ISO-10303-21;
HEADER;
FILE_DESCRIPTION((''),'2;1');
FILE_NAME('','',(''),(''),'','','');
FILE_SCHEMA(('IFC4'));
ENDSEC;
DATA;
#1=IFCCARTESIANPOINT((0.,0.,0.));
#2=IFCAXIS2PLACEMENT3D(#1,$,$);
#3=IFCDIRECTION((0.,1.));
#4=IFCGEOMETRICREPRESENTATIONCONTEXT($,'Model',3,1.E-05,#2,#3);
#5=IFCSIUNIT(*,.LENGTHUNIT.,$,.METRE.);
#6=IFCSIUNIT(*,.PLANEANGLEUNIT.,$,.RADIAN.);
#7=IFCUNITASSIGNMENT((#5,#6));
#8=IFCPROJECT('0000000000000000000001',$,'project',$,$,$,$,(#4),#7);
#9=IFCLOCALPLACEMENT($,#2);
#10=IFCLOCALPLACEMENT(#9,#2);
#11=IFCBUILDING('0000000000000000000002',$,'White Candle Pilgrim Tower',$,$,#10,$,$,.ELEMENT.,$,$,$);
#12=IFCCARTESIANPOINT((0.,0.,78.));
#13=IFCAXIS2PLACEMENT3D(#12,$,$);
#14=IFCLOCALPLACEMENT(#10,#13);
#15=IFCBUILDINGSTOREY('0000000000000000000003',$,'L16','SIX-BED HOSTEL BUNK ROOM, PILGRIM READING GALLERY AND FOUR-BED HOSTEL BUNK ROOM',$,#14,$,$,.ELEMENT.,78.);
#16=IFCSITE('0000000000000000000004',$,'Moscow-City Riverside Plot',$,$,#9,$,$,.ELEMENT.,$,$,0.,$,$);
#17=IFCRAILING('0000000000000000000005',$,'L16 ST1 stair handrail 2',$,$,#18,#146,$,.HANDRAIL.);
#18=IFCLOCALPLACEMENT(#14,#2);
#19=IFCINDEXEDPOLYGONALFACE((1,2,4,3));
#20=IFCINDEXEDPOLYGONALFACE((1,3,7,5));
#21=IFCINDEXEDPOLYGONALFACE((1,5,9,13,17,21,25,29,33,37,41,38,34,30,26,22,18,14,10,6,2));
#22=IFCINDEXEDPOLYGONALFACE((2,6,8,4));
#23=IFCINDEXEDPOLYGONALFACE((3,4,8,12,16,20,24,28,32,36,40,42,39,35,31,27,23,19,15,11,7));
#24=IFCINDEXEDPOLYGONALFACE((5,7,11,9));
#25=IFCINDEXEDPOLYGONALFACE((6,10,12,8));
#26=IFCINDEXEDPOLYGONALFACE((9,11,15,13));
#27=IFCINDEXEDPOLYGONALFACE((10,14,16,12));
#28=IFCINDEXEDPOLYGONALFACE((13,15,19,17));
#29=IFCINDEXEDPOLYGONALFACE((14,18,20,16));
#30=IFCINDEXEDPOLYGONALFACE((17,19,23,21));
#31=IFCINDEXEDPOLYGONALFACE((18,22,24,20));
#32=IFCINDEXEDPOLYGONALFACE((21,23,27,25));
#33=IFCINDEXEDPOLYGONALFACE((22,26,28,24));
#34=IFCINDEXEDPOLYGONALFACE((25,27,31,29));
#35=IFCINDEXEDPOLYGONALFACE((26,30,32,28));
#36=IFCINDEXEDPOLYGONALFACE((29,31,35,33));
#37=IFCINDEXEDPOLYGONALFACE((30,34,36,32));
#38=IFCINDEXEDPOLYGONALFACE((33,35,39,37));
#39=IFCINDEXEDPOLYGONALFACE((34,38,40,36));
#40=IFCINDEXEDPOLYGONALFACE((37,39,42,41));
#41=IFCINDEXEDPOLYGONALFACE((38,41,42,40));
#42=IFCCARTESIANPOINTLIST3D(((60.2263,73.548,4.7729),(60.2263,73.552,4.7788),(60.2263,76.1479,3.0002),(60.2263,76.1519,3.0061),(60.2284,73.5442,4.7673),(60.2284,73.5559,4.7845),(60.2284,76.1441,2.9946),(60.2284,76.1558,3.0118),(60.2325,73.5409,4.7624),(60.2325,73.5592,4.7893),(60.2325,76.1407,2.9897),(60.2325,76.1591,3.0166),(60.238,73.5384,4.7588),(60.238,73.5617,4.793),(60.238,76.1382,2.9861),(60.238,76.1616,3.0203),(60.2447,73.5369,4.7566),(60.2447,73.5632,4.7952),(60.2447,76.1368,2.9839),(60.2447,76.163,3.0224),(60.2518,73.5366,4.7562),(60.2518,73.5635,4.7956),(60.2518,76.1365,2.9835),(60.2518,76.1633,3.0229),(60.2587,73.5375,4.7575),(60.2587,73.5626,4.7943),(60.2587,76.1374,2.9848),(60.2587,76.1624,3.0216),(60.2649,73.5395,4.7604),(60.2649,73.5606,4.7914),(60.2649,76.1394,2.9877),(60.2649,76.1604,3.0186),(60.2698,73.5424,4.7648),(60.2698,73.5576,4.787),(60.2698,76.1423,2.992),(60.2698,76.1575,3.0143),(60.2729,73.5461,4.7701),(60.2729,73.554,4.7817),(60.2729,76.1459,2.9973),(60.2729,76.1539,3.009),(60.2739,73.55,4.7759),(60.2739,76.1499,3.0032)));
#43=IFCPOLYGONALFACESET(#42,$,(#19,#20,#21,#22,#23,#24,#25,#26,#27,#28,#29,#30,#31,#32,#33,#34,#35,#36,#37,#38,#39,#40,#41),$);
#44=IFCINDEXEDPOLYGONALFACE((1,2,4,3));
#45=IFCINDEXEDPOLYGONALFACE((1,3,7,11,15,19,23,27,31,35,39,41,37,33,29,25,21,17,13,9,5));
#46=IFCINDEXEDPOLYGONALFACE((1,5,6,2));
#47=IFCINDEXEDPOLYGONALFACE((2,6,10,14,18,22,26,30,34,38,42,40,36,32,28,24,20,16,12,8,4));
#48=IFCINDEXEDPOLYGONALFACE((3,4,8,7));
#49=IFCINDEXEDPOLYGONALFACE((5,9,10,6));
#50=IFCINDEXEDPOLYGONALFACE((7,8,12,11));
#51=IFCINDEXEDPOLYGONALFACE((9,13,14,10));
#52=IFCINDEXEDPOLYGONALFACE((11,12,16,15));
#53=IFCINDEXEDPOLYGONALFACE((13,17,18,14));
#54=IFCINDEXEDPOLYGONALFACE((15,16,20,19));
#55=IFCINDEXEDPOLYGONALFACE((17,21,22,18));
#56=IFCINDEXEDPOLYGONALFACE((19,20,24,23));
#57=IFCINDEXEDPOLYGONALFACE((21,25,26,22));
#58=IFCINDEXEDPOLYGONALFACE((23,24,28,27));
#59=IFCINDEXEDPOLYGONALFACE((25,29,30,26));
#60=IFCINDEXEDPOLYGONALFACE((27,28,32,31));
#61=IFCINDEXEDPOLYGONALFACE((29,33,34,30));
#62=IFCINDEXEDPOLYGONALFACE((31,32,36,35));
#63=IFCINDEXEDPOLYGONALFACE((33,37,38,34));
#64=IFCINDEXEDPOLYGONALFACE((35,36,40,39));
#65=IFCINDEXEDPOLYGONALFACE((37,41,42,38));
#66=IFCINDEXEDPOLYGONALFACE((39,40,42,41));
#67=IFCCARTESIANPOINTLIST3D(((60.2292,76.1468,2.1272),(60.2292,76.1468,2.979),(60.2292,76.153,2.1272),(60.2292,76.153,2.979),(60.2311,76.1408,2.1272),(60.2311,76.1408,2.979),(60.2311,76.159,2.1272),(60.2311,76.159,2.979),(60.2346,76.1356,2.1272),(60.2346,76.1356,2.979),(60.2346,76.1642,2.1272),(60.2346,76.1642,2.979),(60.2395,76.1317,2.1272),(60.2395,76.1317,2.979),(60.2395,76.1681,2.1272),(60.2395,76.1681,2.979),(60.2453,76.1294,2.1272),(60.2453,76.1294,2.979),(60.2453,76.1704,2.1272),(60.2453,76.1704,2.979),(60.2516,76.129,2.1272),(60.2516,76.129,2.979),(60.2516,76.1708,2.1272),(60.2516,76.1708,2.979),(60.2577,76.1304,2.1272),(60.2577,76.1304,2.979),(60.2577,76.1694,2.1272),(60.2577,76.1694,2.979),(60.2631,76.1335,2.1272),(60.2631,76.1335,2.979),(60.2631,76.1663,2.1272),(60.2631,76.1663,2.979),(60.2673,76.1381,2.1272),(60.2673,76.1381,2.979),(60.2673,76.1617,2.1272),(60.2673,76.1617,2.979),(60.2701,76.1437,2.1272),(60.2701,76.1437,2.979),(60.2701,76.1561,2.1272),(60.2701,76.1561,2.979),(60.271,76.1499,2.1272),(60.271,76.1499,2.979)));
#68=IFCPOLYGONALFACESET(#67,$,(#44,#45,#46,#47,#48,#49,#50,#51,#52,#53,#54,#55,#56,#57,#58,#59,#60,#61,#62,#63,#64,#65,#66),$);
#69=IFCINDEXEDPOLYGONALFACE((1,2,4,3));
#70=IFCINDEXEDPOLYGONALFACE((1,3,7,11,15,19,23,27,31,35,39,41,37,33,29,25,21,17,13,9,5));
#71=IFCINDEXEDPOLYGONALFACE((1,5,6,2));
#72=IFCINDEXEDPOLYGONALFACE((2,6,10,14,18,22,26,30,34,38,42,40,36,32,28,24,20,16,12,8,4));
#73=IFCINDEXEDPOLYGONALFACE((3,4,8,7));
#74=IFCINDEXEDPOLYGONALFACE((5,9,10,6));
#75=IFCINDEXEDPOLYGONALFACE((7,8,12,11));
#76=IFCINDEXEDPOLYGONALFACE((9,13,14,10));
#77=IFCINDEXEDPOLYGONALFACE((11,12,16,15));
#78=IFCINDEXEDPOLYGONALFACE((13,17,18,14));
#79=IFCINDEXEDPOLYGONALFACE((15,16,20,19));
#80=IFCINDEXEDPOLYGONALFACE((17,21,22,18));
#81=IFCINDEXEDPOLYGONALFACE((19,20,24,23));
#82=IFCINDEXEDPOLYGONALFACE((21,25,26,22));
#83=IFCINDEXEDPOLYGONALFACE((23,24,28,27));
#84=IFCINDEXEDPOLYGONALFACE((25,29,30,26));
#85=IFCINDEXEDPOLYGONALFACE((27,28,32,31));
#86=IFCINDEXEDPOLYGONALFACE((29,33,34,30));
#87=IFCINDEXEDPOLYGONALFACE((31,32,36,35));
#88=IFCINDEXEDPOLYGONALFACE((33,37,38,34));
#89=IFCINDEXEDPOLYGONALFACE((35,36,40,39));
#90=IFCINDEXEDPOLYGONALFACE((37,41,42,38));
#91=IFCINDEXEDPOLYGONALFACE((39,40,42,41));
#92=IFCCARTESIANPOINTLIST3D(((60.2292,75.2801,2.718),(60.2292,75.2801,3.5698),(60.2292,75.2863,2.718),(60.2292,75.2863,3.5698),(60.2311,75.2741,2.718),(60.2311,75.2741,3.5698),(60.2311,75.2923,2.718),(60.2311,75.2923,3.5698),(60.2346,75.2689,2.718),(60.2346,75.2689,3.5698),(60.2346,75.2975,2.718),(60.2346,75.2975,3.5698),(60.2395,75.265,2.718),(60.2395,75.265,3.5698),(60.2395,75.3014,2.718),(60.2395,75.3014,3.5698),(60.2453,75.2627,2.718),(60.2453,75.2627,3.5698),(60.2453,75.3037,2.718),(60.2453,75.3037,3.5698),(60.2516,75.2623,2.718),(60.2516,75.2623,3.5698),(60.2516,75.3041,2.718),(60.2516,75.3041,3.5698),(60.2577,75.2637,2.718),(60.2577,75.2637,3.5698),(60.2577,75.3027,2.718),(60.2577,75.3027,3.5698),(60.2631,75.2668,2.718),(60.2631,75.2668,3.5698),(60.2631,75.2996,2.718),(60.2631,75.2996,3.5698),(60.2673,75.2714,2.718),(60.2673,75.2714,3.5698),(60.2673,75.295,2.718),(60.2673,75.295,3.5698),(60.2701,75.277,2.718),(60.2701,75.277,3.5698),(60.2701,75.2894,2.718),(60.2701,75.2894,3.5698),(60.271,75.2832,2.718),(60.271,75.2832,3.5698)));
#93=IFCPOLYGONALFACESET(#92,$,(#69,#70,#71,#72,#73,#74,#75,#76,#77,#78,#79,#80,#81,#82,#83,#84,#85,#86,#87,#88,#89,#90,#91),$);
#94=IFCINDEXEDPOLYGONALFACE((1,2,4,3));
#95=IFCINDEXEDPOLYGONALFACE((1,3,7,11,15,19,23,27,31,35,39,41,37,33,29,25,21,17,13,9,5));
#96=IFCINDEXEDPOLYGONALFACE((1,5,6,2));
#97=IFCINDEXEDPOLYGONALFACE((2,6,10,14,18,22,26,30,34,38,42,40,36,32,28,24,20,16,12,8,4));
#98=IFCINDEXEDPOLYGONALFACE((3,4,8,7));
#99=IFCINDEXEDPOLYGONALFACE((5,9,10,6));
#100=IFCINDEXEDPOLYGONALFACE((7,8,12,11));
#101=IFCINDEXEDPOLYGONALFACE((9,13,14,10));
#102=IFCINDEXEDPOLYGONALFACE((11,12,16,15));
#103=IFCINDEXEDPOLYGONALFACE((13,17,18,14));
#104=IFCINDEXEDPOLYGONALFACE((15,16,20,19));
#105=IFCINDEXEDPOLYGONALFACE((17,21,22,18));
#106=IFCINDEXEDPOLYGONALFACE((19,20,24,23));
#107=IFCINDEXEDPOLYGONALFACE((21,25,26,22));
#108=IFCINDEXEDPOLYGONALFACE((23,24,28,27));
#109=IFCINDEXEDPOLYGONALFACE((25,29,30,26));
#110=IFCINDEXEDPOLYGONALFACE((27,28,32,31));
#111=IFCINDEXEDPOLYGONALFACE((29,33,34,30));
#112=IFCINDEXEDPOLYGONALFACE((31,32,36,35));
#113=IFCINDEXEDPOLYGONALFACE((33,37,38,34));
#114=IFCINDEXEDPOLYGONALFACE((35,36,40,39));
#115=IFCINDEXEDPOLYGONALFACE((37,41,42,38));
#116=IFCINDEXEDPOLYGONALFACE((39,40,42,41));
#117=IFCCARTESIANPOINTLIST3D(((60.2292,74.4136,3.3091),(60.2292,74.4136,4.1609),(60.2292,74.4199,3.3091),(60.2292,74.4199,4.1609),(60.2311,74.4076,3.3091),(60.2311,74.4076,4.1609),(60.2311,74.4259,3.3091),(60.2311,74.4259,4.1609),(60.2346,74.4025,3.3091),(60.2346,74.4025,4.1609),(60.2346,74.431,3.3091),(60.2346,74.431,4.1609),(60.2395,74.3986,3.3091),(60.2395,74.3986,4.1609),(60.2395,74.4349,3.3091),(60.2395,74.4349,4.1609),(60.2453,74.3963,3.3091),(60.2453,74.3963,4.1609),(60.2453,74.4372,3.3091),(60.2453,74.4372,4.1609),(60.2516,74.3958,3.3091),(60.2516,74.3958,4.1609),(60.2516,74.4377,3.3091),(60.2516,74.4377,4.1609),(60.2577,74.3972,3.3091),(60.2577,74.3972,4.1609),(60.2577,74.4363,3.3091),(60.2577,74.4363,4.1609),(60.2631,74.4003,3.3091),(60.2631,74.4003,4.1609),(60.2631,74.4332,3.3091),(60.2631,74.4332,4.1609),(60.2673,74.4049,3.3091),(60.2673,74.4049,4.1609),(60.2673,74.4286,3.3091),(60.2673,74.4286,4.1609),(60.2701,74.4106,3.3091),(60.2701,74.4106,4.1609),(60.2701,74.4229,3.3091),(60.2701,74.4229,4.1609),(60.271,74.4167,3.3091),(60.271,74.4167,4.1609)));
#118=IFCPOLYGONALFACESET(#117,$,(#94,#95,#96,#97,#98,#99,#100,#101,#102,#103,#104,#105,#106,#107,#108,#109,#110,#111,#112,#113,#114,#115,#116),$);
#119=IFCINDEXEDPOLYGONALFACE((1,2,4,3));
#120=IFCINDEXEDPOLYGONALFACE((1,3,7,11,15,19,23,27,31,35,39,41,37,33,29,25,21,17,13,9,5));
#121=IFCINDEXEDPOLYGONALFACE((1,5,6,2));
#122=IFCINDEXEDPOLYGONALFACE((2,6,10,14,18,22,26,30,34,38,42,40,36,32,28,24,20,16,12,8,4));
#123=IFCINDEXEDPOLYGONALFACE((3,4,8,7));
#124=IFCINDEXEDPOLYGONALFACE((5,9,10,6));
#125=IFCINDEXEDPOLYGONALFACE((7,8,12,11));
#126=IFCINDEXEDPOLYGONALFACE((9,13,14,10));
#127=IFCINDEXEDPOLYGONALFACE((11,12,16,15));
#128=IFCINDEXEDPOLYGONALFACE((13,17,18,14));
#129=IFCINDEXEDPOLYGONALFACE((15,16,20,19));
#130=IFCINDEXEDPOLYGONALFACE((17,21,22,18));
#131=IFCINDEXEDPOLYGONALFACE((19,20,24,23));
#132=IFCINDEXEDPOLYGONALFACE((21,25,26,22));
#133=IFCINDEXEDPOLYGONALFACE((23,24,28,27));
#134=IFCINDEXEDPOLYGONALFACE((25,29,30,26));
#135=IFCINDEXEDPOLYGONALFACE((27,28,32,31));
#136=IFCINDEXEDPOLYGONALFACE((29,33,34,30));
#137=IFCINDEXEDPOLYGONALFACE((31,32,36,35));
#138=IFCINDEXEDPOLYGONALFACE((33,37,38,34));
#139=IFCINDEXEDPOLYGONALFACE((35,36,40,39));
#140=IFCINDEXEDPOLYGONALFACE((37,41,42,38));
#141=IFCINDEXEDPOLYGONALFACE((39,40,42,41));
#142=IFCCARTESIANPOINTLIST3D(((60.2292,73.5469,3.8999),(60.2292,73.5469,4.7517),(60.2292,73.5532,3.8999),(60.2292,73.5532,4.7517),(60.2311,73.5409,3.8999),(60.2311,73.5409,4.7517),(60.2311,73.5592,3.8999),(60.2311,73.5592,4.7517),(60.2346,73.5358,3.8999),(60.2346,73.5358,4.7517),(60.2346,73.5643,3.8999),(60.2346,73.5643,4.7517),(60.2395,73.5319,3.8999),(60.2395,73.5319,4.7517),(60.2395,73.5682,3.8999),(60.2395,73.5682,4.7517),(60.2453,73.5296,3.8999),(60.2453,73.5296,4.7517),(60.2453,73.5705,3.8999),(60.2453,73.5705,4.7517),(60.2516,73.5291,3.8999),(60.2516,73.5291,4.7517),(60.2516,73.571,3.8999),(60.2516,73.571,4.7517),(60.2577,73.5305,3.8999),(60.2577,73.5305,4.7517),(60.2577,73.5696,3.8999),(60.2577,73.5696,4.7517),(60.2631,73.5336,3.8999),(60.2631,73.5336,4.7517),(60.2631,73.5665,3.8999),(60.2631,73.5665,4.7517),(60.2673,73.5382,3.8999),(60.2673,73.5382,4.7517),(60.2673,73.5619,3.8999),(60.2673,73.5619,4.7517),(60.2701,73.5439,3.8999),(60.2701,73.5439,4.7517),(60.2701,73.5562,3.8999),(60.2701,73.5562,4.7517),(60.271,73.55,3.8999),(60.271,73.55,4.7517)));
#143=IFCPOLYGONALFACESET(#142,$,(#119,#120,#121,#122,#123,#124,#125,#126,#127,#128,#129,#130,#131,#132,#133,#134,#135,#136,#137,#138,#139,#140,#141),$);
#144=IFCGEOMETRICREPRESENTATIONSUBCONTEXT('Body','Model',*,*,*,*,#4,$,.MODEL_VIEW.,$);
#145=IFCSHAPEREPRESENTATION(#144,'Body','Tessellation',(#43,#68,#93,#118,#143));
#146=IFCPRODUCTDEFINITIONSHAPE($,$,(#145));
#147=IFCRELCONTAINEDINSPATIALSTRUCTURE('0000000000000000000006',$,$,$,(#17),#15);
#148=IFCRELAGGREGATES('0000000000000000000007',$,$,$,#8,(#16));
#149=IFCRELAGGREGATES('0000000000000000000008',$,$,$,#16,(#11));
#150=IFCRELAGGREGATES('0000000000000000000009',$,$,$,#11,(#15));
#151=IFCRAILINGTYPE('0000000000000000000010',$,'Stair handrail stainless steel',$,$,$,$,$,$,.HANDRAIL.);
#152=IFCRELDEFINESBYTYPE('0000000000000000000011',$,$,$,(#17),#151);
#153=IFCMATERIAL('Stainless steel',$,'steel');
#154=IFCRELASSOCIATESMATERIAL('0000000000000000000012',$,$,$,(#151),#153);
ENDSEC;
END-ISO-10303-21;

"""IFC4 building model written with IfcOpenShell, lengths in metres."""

from ifc_helpers import new_model, si_unit, direction, frame, origin, origin_2d, place, context, subcontext, project, spatial, circle, extrude, material, type_object, element, save


model = new_model("IFC4")

# Units and contexts
model_context = context("Model", 3, precision=1e-05, world=origin(), true_north=direction((0.0, 1.0)))
body_context = subcontext(model_context, "Body", "Model", "MODEL_VIEW")
ifc_project = project(units=[si_unit("LENGTHUNIT", "METRE"), si_unit("PLANEANGLEUNIT", "RADIAN")], contexts=[model_context])

# Site, building, storey
site_placement = place(None, origin())
site = spatial("IfcSite", under=ifc_project, at=site_placement, Name="Moscow-City Riverside Plot", CompositionType="ELEMENT", RefElevation=0.0)
building_placement = place(site_placement, origin())
building = spatial("IfcBuilding", under=site, at=building_placement, Name="White Candle Pilgrim Tower", CompositionType="ELEMENT")
storey_placement = place(building_placement, frame((0.0, 0.0, 78.0)))
storey = spatial("IfcBuildingStorey", under=building, at=storey_placement, Name="L16", Description="SIX-BED HOSTEL BUNK ROOM, PILGRIM READING GALLERY AND FOUR-BED HOSTEL BUNK ROOM", CompositionType="ELEMENT", Elevation=78.0)

# Railing
ifc_material_1 = material(Name="Stainless steel", Category="steel")
railing_type_1 = type_object("IfcRailingType", Name="Stair handrail stainless steel", PredefinedType="HANDRAIL", material=ifc_material_1)
railing_1_placement = place(storey_placement, frame((60.25, 76.1499, 2.1272)))
element("IfcRailing", 1, at=railing_1_placement, inside=storey, type_object=railing_type_1, Name="L16 ST1 stair handrail 2", PredefinedType="HANDRAIL", context=body_context, shape_type="SweptSolid", body=[
    extrude(circle(Radius=0.0239, at=origin_2d()), frame((0.0, 0.0, 0.876), z_axis=(0.0, -0.826216, 0.563354), x_axis=(1.0, 0.0, 0.0)), (0.0, 0.0, 1.0), 3.1467),
    extrude(circle(Radius=0.021, at=origin_2d()), origin(), (0.0, 0.0, 1.0), 0.8518),
    extrude(circle(Radius=0.021, at=origin_2d()), frame((0.0, -0.8667, 0.5908)), (0.0, 0.0, 1.0), 0.8518),
    extrude(circle(Radius=0.021, at=origin_2d()), frame((0.0, -1.7332, 1.1819)), (0.0, 0.0, 1.0), 0.8518),
    extrude(circle(Radius=0.021, at=origin_2d()), frame((0.0, -2.5999, 1.7727)), (0.0, 0.0, 1.0), 0.8518),
])

save(model, "model.ifc")
